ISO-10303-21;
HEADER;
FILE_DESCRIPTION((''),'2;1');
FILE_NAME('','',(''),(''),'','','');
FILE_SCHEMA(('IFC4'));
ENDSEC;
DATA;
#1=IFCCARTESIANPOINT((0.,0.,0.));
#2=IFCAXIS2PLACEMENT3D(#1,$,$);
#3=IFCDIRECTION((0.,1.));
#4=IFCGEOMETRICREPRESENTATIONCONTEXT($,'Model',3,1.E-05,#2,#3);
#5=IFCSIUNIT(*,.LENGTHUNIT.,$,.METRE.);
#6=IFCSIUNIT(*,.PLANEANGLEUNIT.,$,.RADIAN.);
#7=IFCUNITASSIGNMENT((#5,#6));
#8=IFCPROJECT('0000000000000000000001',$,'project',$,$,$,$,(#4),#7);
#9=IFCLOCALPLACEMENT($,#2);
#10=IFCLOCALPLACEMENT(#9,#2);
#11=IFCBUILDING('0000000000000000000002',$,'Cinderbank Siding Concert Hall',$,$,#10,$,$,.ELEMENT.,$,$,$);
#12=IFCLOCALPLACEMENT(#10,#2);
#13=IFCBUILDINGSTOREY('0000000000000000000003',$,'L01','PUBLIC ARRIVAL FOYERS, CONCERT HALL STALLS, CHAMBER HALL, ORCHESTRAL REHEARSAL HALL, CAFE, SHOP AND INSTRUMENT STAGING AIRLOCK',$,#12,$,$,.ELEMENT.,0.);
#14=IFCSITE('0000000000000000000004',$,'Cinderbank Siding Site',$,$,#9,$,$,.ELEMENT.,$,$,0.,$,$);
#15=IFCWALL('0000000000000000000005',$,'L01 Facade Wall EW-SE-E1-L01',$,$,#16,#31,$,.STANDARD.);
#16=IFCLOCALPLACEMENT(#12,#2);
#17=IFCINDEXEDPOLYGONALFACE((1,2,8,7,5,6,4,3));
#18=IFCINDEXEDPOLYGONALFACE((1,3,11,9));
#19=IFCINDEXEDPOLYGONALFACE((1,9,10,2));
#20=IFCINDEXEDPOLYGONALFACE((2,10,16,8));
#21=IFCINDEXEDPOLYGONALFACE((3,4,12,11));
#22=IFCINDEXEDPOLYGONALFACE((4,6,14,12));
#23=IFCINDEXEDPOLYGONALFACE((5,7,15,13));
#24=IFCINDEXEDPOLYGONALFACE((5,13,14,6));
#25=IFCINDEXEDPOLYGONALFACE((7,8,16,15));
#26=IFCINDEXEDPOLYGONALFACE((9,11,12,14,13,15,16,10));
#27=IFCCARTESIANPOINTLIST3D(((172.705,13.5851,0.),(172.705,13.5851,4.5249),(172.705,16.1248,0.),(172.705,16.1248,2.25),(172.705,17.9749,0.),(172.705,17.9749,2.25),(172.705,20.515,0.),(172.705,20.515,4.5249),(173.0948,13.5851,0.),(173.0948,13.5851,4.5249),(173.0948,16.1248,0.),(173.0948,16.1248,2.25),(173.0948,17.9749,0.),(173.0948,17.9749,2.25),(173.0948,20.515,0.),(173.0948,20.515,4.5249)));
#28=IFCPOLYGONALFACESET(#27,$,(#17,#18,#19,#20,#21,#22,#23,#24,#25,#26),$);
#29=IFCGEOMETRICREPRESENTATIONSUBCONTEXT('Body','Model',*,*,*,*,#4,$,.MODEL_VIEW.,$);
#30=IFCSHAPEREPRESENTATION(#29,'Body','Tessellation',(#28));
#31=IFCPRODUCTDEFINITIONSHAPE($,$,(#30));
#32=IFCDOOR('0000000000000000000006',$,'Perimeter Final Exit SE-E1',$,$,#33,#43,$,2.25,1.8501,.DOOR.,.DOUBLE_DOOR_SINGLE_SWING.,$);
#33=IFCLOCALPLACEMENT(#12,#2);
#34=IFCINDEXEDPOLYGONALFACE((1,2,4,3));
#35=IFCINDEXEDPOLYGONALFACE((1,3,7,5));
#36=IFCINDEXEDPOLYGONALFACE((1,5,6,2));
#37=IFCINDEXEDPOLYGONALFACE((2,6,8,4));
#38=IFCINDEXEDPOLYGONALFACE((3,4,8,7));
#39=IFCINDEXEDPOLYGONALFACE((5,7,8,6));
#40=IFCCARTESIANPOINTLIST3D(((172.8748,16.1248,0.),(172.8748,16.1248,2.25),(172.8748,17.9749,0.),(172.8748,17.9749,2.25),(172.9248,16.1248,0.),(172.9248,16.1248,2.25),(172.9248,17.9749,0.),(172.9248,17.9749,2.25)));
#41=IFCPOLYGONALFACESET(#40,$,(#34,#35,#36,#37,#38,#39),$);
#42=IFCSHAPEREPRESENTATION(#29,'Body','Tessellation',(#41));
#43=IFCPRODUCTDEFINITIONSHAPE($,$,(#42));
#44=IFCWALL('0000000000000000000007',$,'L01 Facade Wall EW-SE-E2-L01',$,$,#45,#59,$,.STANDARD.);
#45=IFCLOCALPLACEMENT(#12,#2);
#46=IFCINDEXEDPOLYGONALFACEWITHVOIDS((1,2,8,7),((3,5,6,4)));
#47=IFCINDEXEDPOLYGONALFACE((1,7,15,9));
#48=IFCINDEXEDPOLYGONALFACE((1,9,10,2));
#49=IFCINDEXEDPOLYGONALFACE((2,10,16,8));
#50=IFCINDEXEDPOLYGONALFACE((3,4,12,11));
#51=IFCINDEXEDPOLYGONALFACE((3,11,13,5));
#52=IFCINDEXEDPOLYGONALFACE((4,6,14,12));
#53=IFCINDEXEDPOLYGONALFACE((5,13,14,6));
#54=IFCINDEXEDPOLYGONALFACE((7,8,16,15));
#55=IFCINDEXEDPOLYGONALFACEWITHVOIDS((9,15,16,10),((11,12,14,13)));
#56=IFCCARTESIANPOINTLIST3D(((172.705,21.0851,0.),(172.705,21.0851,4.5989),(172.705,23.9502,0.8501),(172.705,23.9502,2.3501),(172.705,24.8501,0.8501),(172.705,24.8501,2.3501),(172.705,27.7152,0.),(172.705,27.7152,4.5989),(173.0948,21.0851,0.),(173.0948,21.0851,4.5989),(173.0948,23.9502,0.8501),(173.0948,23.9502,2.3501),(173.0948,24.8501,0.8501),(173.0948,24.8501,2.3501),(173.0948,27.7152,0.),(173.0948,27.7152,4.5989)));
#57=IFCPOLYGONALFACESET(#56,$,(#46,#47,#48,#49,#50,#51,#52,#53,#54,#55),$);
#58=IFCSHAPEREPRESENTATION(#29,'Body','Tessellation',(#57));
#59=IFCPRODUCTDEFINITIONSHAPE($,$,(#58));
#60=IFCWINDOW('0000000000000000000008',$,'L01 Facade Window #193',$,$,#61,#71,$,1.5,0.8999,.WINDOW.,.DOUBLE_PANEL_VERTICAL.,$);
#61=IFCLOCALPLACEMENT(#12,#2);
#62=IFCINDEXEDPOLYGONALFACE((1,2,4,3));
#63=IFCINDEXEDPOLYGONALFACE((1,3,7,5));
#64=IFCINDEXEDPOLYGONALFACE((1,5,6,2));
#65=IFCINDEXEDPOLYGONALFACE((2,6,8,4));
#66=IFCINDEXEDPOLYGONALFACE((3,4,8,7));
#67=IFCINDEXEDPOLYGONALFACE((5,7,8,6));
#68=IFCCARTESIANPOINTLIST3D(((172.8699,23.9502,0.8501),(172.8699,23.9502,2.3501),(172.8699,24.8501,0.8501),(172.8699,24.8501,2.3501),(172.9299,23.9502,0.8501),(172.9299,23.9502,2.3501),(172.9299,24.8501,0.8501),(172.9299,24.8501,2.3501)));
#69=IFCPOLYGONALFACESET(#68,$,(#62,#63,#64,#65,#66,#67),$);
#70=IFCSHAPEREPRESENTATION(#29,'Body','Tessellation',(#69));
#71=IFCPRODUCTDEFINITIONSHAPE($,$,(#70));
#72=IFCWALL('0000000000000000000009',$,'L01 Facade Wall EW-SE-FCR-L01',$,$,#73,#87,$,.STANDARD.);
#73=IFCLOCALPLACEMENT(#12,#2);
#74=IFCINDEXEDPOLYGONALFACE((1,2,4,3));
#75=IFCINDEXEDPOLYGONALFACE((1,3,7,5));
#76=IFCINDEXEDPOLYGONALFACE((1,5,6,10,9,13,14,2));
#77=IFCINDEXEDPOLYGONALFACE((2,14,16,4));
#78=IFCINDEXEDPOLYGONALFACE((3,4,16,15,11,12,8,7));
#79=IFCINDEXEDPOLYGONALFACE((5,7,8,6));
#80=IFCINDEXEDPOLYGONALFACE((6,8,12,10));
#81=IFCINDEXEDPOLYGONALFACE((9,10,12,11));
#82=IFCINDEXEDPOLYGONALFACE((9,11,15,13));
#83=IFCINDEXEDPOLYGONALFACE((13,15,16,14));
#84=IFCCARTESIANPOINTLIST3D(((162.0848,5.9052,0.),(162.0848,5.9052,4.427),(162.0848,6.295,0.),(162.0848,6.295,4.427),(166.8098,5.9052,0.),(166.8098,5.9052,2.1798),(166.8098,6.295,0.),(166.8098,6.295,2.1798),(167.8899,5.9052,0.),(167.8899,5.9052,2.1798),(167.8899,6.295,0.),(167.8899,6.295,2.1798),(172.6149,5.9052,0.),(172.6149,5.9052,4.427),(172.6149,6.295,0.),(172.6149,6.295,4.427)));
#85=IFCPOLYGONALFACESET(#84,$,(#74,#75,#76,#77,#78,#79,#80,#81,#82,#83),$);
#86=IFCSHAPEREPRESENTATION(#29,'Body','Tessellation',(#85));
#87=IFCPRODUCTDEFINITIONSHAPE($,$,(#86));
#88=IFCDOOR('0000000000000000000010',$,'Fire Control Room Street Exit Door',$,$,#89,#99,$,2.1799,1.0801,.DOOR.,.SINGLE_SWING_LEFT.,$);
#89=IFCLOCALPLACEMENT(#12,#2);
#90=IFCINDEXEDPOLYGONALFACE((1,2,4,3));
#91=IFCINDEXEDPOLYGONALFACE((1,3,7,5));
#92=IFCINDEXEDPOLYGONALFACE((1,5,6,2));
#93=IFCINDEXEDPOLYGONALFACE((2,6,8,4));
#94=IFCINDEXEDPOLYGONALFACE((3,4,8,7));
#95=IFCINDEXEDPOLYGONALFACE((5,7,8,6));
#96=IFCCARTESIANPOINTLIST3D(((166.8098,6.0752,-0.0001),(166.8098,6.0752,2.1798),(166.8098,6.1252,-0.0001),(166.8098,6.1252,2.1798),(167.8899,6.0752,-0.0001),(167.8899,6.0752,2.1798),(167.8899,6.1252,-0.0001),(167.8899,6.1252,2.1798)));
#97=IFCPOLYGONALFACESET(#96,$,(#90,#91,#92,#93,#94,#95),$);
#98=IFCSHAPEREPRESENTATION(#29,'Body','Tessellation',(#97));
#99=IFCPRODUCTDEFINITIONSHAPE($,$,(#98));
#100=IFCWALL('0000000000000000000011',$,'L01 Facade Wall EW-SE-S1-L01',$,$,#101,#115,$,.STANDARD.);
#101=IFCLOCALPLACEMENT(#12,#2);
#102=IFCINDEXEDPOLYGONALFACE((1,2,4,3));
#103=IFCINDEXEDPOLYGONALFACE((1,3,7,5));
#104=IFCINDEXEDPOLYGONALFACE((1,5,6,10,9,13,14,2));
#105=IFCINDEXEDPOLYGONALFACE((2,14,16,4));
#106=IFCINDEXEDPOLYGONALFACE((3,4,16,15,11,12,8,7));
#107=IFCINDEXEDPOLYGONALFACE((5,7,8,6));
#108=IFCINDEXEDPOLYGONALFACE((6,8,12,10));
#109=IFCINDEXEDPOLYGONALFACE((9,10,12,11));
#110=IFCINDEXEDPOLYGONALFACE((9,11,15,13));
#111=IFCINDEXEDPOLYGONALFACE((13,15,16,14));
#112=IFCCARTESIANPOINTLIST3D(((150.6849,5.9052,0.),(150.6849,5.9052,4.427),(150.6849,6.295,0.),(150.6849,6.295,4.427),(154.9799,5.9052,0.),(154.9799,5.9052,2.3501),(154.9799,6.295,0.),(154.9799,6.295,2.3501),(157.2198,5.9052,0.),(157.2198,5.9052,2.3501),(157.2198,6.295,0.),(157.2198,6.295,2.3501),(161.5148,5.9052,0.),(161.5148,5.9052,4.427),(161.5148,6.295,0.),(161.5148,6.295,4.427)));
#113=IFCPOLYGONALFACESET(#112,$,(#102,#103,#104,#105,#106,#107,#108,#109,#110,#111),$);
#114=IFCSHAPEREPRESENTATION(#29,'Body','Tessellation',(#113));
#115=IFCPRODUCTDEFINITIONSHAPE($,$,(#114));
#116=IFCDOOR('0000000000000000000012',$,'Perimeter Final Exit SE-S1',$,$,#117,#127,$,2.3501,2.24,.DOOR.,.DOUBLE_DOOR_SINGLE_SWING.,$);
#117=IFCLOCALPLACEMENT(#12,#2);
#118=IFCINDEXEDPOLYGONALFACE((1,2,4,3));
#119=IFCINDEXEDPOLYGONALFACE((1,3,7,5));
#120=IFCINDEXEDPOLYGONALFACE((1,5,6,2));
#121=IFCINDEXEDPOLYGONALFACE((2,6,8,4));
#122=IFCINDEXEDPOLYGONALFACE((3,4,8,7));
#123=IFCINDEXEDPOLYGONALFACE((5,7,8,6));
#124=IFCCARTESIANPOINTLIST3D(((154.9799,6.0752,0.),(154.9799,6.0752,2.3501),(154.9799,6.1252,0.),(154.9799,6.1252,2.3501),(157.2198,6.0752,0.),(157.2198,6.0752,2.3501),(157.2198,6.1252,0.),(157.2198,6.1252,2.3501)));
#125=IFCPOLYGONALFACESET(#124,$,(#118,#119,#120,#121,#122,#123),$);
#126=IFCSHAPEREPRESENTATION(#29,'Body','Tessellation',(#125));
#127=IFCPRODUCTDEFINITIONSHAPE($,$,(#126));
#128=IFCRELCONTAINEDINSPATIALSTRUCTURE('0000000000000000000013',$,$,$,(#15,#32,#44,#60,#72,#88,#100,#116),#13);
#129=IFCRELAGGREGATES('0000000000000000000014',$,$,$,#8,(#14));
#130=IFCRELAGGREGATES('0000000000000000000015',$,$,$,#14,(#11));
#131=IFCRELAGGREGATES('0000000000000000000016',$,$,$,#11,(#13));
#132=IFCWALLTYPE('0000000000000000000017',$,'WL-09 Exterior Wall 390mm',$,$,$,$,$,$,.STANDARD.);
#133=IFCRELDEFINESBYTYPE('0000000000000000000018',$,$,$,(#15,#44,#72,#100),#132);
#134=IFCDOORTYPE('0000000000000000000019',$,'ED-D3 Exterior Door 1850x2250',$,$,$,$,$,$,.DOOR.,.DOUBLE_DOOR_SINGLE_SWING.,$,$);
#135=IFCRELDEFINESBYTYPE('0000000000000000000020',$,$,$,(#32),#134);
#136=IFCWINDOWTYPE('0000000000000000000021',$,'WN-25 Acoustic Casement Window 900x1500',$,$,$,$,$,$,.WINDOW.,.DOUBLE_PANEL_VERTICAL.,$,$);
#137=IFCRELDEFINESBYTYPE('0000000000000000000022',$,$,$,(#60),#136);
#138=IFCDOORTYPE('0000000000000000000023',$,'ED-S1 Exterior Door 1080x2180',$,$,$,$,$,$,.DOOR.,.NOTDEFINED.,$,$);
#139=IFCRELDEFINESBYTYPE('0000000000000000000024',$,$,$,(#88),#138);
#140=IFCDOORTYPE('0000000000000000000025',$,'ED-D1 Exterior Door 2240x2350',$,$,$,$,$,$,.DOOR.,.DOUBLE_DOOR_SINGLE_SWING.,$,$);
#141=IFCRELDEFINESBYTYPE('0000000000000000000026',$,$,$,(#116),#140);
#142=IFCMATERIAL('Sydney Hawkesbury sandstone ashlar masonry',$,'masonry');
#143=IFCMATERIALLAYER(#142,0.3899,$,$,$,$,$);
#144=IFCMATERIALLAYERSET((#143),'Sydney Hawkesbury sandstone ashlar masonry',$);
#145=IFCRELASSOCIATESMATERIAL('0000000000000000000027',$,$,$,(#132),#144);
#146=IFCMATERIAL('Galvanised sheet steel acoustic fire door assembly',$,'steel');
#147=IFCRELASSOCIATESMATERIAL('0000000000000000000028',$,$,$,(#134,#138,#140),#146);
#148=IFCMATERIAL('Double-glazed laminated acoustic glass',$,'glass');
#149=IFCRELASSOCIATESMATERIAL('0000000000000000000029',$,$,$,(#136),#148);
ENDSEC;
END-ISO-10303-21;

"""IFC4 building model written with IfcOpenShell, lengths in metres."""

from ifc_helpers import new_model, si_unit, direction, frame, frame_2d, origin, place, context, subcontext, project, spatial, rectangle, extrude, material, layer, layer_set, type_object, element, fill, save


model = new_model("IFC4")

# Units and contexts
model_context = context("Model", 3, precision=1e-05, world=origin(), true_north=direction((0.0, 1.0)))
body_context = subcontext(model_context, "Body", "Model", "MODEL_VIEW")
ifc_project = project(units=[si_unit("LENGTHUNIT", "METRE"), si_unit("PLANEANGLEUNIT", "RADIAN")], contexts=[model_context])

# Site, building, storey
site_placement = place(None, origin())
site = spatial("IfcSite", under=ifc_project, at=site_placement, Name="Cinderbank Siding Site", CompositionType="ELEMENT", RefElevation=0.0)
building_placement = place(site_placement, origin())
building = spatial("IfcBuilding", under=site, at=building_placement, Name="Cinderbank Siding Concert Hall", CompositionType="ELEMENT")
storey_placement = place(building_placement, origin())
storey = spatial("IfcBuildingStorey", under=building, at=storey_placement, Name="L01", Description="PUBLIC ARRIVAL FOYERS, CONCERT HALL STALLS, CHAMBER HALL, ORCHESTRAL REHEARSAL HALL, CAFE, SHOP AND INSTRUMENT STAGING AIRLOCK", CompositionType="ELEMENT", Elevation=0.0)

# Shared definitions
ifc_material_1 = material(Name="Galvanised sheet steel acoustic fire door assembly", Category="steel")

# Shared definitions
ifc_material_2 = material(Name="Sydney Hawkesbury sandstone ashlar masonry", Category="masonry")
ifc_layer_1 = layer(ifc_material_2, 0.3899)
ifc_layer_set_1 = layer_set([ifc_layer_1], Name="Sydney Hawkesbury sandstone ashlar masonry")
wall_type_1 = type_object("IfcWallType", Name="WL-09 Exterior Wall 390mm", PredefinedType="STANDARD", material=ifc_layer_set_1)
ifc_material_3 = material(Name="Double-glazed laminated acoustic glass", Category="glass")

# Wall, opening, door
wall_1_placement = place(storey_placement, frame((172.8999, 20.5149, 0.0), z_axis=(0.0, 0.0, 1.0), x_axis=(0.0, -1.0, 0.0)))
wall_1 = element("IfcWall", 1, at=wall_1_placement, inside=storey, type_object=wall_type_1, Name="L01 Facade Wall EW-SE-E1-L01", PredefinedType="STANDARD", context=body_context, shape_type="SweptSolid", body=[
    extrude(rectangle(XDim=6.9299, YDim=0.3899, at=frame_2d((3.4648, 0.0))), origin(), (0.0, 0.0, 1.0), 4.5249),
])
opening_1_placement = place(wall_1_placement, frame((2.54, 0.0, 0.0)))
opening_1 = element("IfcOpeningElement", 2, at=opening_1_placement, cuts=wall_1, PredefinedType="OPENING", context=body_context, shape_type="SweptSolid", body=[
    extrude(rectangle(XDim=1.8501, YDim=2.25, at=frame_2d((0.925, 1.125))), frame((0.0, 0.207, 0.0), z_axis=(0.0, -1.0, 0.0), x_axis=(1.0, 0.0, 0.0)), (0.0, 0.0, 1.0), 0.4138),
])
door_type_1 = type_object("IfcDoorType", Name="ED-D3 Exterior Door 1850x2250", OperationType="DOUBLE_DOOR_SINGLE_SWING", PredefinedType="DOOR", material=ifc_material_1)
door_1_placement = place(opening_1_placement, origin())
door_1 = element("IfcDoor", 3, at=door_1_placement, inside=storey, type_object=door_type_1, Name="Perimeter Final Exit SE-E1", OperationType="DOUBLE_DOOR_SINGLE_SWING", OverallHeight=2.25, OverallWidth=1.8501, PredefinedType="DOOR", context=body_context, shape_type="SweptSolid", body=[
    extrude(rectangle(XDim=1.8501, YDim=2.25, at=frame_2d((0.925, 1.125))), frame((0.0, 0.0249, 0.0), z_axis=(0.0, -1.0, 0.0), x_axis=(1.0, 0.0, 0.0)), (0.0, 0.0, 1.0), 0.05),
])
fill(opening_1, door_1)

# Wall, opening, window
wall_2_placement = place(storey_placement, frame((172.8999, 27.7151, 0.0), z_axis=(0.0, 0.0, 1.0), x_axis=(0.0, -1.0, 0.0)))
wall_2 = element("IfcWall", 4, at=wall_2_placement, inside=storey, type_object=wall_type_1, Name="L01 Facade Wall EW-SE-E2-L01", PredefinedType="STANDARD", context=body_context, shape_type="SweptSolid", body=[
    extrude(rectangle(XDim=6.6301, YDim=0.3899, at=frame_2d((3.3149, 0.0))), origin(), (0.0, 0.0, 1.0), 4.5989),
])
opening_2_placement = place(wall_2_placement, frame((2.865, 0.0, 0.8501)))
opening_2 = element("IfcOpeningElement", 5, at=opening_2_placement, cuts=wall_2, PredefinedType="OPENING", context=body_context, shape_type="SweptSolid", body=[
    extrude(rectangle(XDim=0.8999, YDim=1.5, at=frame_2d((0.45, 0.75))), frame((0.0, 0.207, 0.0), z_axis=(0.0, -1.0, 0.0), x_axis=(1.0, 0.0, 0.0)), (0.0, 0.0, 1.0), 0.4138),
])
window_type_1 = type_object("IfcWindowType", Name="WN-25 Acoustic Casement Window 900x1500", PartitioningType="DOUBLE_PANEL_VERTICAL", PredefinedType="WINDOW", material=ifc_material_3)
window_1_placement = place(opening_2_placement, origin())
window_1 = element("IfcWindow", 6, at=window_1_placement, inside=storey, type_object=window_type_1, Name="L01 Facade Window #193", OverallHeight=1.5, OverallWidth=0.8999, PartitioningType="DOUBLE_PANEL_VERTICAL", PredefinedType="WINDOW", context=body_context, shape_type="SweptSolid", body=[
    extrude(rectangle(XDim=0.8999, YDim=1.5, at=frame_2d((0.45, 0.75))), frame((0.0, 0.03, 0.0), z_axis=(0.0, -1.0, 0.0), x_axis=(1.0, 0.0, 0.0)), (0.0, 0.0, 1.0), 0.0601),
])
fill(opening_2, window_1)

# Walls, openings, doors
wall_3_placement = place(storey_placement, frame((172.615, 6.1001, 0.0), z_axis=(0.0, 0.0, 1.0), x_axis=(-1.0, 0.0, 0.0)))
wall_3 = element("IfcWall", 7, at=wall_3_placement, inside=storey, type_object=wall_type_1, Name="L01 Facade Wall EW-SE-FCR-L01", PredefinedType="STANDARD", context=body_context, shape_type="SweptSolid", body=[
    extrude(rectangle(XDim=10.53, YDim=0.3899, at=frame_2d((5.2651, 0.0))), origin(), (0.0, 0.0, 1.0), 4.427),
])
opening_3_placement = place(wall_3_placement, frame((4.7251, 0.0, 0.0)))
opening_3 = element("IfcOpeningElement", 8, at=opening_3_placement, cuts=wall_3, PredefinedType="OPENING", context=body_context, shape_type="SweptSolid", body=[
    extrude(rectangle(XDim=1.0801, YDim=2.1799, at=frame_2d((0.54, 1.0898))), frame((0.0, 0.207, 0.0), z_axis=(0.0, -1.0, 0.0), x_axis=(1.0, 0.0, 0.0)), (0.0, 0.0, 1.0), 0.4138),
])
door_type_2 = type_object("IfcDoorType", Name="ED-S1 Exterior Door 1080x2180", OperationType="NOTDEFINED", PredefinedType="DOOR", material=ifc_material_1)
door_2_placement = place(opening_3_placement, origin())
door_2 = element("IfcDoor", 9, at=door_2_placement, inside=storey, type_object=door_type_2, Name="Fire Control Room Street Exit Door", OperationType="SINGLE_SWING_LEFT", OverallHeight=2.1799, OverallWidth=1.0801, PredefinedType="DOOR", context=body_context, shape_type="SweptSolid", body=[
    extrude(rectangle(XDim=1.0801, YDim=2.1799, at=frame_2d((0.54, 1.0898))), frame((0.0, 0.0249, 0.0), z_axis=(0.0, -1.0, 0.0), x_axis=(1.0, 0.0, 0.0)), (0.0, 0.0, 1.0), 0.05),
])
fill(opening_3, door_2)
wall_4_placement = place(storey_placement, frame((161.5149, 6.1001, 0.0), z_axis=(0.0, 0.0, 1.0), x_axis=(-1.0, 0.0, 0.0)))
wall_4 = element("IfcWall", 10, at=wall_4_placement, inside=storey, type_object=wall_type_1, Name="L01 Facade Wall EW-SE-S1-L01", PredefinedType="STANDARD", context=body_context, shape_type="SweptSolid", body=[
    extrude(rectangle(XDim=10.8298, YDim=0.3899, at=frame_2d((5.415, 0.0))), origin(), (0.0, 0.0, 1.0), 4.427),
])
opening_4_placement = place(wall_4_placement, frame((4.2949, 0.0, 0.0)))
opening_4 = element("IfcOpeningElement", 11, at=opening_4_placement, cuts=wall_4, PredefinedType="OPENING", context=body_context, shape_type="SweptSolid", body=[
    extrude(rectangle(XDim=2.24, YDim=2.3501, at=frame_2d((1.1201, 1.175))), frame((0.0, 0.207, 0.0), z_axis=(0.0, -1.0, 0.0), x_axis=(1.0, 0.0, 0.0)), (0.0, 0.0, 1.0), 0.4138),
])
door_type_3 = type_object("IfcDoorType", Name="ED-D1 Exterior Door 2240x2350", OperationType="DOUBLE_DOOR_SINGLE_SWING", PredefinedType="DOOR", material=ifc_material_1)
door_3_placement = place(opening_4_placement, origin())
door_3 = element("IfcDoor", 12, at=door_3_placement, inside=storey, type_object=door_type_3, Name="Perimeter Final Exit SE-S1", OperationType="DOUBLE_DOOR_SINGLE_SWING", OverallHeight=2.3501, OverallWidth=2.24, PredefinedType="DOOR", context=body_context, shape_type="SweptSolid", body=[
    extrude(rectangle(XDim=2.24, YDim=2.3501, at=frame_2d((1.1201, 1.175))), frame((0.0, 0.0249, 0.0), z_axis=(0.0, -1.0, 0.0), x_axis=(1.0, 0.0, 0.0)), (0.0, 0.0, 1.0), 0.05),
])
fill(opening_4, door_3)

save(model, "model.ifc")
